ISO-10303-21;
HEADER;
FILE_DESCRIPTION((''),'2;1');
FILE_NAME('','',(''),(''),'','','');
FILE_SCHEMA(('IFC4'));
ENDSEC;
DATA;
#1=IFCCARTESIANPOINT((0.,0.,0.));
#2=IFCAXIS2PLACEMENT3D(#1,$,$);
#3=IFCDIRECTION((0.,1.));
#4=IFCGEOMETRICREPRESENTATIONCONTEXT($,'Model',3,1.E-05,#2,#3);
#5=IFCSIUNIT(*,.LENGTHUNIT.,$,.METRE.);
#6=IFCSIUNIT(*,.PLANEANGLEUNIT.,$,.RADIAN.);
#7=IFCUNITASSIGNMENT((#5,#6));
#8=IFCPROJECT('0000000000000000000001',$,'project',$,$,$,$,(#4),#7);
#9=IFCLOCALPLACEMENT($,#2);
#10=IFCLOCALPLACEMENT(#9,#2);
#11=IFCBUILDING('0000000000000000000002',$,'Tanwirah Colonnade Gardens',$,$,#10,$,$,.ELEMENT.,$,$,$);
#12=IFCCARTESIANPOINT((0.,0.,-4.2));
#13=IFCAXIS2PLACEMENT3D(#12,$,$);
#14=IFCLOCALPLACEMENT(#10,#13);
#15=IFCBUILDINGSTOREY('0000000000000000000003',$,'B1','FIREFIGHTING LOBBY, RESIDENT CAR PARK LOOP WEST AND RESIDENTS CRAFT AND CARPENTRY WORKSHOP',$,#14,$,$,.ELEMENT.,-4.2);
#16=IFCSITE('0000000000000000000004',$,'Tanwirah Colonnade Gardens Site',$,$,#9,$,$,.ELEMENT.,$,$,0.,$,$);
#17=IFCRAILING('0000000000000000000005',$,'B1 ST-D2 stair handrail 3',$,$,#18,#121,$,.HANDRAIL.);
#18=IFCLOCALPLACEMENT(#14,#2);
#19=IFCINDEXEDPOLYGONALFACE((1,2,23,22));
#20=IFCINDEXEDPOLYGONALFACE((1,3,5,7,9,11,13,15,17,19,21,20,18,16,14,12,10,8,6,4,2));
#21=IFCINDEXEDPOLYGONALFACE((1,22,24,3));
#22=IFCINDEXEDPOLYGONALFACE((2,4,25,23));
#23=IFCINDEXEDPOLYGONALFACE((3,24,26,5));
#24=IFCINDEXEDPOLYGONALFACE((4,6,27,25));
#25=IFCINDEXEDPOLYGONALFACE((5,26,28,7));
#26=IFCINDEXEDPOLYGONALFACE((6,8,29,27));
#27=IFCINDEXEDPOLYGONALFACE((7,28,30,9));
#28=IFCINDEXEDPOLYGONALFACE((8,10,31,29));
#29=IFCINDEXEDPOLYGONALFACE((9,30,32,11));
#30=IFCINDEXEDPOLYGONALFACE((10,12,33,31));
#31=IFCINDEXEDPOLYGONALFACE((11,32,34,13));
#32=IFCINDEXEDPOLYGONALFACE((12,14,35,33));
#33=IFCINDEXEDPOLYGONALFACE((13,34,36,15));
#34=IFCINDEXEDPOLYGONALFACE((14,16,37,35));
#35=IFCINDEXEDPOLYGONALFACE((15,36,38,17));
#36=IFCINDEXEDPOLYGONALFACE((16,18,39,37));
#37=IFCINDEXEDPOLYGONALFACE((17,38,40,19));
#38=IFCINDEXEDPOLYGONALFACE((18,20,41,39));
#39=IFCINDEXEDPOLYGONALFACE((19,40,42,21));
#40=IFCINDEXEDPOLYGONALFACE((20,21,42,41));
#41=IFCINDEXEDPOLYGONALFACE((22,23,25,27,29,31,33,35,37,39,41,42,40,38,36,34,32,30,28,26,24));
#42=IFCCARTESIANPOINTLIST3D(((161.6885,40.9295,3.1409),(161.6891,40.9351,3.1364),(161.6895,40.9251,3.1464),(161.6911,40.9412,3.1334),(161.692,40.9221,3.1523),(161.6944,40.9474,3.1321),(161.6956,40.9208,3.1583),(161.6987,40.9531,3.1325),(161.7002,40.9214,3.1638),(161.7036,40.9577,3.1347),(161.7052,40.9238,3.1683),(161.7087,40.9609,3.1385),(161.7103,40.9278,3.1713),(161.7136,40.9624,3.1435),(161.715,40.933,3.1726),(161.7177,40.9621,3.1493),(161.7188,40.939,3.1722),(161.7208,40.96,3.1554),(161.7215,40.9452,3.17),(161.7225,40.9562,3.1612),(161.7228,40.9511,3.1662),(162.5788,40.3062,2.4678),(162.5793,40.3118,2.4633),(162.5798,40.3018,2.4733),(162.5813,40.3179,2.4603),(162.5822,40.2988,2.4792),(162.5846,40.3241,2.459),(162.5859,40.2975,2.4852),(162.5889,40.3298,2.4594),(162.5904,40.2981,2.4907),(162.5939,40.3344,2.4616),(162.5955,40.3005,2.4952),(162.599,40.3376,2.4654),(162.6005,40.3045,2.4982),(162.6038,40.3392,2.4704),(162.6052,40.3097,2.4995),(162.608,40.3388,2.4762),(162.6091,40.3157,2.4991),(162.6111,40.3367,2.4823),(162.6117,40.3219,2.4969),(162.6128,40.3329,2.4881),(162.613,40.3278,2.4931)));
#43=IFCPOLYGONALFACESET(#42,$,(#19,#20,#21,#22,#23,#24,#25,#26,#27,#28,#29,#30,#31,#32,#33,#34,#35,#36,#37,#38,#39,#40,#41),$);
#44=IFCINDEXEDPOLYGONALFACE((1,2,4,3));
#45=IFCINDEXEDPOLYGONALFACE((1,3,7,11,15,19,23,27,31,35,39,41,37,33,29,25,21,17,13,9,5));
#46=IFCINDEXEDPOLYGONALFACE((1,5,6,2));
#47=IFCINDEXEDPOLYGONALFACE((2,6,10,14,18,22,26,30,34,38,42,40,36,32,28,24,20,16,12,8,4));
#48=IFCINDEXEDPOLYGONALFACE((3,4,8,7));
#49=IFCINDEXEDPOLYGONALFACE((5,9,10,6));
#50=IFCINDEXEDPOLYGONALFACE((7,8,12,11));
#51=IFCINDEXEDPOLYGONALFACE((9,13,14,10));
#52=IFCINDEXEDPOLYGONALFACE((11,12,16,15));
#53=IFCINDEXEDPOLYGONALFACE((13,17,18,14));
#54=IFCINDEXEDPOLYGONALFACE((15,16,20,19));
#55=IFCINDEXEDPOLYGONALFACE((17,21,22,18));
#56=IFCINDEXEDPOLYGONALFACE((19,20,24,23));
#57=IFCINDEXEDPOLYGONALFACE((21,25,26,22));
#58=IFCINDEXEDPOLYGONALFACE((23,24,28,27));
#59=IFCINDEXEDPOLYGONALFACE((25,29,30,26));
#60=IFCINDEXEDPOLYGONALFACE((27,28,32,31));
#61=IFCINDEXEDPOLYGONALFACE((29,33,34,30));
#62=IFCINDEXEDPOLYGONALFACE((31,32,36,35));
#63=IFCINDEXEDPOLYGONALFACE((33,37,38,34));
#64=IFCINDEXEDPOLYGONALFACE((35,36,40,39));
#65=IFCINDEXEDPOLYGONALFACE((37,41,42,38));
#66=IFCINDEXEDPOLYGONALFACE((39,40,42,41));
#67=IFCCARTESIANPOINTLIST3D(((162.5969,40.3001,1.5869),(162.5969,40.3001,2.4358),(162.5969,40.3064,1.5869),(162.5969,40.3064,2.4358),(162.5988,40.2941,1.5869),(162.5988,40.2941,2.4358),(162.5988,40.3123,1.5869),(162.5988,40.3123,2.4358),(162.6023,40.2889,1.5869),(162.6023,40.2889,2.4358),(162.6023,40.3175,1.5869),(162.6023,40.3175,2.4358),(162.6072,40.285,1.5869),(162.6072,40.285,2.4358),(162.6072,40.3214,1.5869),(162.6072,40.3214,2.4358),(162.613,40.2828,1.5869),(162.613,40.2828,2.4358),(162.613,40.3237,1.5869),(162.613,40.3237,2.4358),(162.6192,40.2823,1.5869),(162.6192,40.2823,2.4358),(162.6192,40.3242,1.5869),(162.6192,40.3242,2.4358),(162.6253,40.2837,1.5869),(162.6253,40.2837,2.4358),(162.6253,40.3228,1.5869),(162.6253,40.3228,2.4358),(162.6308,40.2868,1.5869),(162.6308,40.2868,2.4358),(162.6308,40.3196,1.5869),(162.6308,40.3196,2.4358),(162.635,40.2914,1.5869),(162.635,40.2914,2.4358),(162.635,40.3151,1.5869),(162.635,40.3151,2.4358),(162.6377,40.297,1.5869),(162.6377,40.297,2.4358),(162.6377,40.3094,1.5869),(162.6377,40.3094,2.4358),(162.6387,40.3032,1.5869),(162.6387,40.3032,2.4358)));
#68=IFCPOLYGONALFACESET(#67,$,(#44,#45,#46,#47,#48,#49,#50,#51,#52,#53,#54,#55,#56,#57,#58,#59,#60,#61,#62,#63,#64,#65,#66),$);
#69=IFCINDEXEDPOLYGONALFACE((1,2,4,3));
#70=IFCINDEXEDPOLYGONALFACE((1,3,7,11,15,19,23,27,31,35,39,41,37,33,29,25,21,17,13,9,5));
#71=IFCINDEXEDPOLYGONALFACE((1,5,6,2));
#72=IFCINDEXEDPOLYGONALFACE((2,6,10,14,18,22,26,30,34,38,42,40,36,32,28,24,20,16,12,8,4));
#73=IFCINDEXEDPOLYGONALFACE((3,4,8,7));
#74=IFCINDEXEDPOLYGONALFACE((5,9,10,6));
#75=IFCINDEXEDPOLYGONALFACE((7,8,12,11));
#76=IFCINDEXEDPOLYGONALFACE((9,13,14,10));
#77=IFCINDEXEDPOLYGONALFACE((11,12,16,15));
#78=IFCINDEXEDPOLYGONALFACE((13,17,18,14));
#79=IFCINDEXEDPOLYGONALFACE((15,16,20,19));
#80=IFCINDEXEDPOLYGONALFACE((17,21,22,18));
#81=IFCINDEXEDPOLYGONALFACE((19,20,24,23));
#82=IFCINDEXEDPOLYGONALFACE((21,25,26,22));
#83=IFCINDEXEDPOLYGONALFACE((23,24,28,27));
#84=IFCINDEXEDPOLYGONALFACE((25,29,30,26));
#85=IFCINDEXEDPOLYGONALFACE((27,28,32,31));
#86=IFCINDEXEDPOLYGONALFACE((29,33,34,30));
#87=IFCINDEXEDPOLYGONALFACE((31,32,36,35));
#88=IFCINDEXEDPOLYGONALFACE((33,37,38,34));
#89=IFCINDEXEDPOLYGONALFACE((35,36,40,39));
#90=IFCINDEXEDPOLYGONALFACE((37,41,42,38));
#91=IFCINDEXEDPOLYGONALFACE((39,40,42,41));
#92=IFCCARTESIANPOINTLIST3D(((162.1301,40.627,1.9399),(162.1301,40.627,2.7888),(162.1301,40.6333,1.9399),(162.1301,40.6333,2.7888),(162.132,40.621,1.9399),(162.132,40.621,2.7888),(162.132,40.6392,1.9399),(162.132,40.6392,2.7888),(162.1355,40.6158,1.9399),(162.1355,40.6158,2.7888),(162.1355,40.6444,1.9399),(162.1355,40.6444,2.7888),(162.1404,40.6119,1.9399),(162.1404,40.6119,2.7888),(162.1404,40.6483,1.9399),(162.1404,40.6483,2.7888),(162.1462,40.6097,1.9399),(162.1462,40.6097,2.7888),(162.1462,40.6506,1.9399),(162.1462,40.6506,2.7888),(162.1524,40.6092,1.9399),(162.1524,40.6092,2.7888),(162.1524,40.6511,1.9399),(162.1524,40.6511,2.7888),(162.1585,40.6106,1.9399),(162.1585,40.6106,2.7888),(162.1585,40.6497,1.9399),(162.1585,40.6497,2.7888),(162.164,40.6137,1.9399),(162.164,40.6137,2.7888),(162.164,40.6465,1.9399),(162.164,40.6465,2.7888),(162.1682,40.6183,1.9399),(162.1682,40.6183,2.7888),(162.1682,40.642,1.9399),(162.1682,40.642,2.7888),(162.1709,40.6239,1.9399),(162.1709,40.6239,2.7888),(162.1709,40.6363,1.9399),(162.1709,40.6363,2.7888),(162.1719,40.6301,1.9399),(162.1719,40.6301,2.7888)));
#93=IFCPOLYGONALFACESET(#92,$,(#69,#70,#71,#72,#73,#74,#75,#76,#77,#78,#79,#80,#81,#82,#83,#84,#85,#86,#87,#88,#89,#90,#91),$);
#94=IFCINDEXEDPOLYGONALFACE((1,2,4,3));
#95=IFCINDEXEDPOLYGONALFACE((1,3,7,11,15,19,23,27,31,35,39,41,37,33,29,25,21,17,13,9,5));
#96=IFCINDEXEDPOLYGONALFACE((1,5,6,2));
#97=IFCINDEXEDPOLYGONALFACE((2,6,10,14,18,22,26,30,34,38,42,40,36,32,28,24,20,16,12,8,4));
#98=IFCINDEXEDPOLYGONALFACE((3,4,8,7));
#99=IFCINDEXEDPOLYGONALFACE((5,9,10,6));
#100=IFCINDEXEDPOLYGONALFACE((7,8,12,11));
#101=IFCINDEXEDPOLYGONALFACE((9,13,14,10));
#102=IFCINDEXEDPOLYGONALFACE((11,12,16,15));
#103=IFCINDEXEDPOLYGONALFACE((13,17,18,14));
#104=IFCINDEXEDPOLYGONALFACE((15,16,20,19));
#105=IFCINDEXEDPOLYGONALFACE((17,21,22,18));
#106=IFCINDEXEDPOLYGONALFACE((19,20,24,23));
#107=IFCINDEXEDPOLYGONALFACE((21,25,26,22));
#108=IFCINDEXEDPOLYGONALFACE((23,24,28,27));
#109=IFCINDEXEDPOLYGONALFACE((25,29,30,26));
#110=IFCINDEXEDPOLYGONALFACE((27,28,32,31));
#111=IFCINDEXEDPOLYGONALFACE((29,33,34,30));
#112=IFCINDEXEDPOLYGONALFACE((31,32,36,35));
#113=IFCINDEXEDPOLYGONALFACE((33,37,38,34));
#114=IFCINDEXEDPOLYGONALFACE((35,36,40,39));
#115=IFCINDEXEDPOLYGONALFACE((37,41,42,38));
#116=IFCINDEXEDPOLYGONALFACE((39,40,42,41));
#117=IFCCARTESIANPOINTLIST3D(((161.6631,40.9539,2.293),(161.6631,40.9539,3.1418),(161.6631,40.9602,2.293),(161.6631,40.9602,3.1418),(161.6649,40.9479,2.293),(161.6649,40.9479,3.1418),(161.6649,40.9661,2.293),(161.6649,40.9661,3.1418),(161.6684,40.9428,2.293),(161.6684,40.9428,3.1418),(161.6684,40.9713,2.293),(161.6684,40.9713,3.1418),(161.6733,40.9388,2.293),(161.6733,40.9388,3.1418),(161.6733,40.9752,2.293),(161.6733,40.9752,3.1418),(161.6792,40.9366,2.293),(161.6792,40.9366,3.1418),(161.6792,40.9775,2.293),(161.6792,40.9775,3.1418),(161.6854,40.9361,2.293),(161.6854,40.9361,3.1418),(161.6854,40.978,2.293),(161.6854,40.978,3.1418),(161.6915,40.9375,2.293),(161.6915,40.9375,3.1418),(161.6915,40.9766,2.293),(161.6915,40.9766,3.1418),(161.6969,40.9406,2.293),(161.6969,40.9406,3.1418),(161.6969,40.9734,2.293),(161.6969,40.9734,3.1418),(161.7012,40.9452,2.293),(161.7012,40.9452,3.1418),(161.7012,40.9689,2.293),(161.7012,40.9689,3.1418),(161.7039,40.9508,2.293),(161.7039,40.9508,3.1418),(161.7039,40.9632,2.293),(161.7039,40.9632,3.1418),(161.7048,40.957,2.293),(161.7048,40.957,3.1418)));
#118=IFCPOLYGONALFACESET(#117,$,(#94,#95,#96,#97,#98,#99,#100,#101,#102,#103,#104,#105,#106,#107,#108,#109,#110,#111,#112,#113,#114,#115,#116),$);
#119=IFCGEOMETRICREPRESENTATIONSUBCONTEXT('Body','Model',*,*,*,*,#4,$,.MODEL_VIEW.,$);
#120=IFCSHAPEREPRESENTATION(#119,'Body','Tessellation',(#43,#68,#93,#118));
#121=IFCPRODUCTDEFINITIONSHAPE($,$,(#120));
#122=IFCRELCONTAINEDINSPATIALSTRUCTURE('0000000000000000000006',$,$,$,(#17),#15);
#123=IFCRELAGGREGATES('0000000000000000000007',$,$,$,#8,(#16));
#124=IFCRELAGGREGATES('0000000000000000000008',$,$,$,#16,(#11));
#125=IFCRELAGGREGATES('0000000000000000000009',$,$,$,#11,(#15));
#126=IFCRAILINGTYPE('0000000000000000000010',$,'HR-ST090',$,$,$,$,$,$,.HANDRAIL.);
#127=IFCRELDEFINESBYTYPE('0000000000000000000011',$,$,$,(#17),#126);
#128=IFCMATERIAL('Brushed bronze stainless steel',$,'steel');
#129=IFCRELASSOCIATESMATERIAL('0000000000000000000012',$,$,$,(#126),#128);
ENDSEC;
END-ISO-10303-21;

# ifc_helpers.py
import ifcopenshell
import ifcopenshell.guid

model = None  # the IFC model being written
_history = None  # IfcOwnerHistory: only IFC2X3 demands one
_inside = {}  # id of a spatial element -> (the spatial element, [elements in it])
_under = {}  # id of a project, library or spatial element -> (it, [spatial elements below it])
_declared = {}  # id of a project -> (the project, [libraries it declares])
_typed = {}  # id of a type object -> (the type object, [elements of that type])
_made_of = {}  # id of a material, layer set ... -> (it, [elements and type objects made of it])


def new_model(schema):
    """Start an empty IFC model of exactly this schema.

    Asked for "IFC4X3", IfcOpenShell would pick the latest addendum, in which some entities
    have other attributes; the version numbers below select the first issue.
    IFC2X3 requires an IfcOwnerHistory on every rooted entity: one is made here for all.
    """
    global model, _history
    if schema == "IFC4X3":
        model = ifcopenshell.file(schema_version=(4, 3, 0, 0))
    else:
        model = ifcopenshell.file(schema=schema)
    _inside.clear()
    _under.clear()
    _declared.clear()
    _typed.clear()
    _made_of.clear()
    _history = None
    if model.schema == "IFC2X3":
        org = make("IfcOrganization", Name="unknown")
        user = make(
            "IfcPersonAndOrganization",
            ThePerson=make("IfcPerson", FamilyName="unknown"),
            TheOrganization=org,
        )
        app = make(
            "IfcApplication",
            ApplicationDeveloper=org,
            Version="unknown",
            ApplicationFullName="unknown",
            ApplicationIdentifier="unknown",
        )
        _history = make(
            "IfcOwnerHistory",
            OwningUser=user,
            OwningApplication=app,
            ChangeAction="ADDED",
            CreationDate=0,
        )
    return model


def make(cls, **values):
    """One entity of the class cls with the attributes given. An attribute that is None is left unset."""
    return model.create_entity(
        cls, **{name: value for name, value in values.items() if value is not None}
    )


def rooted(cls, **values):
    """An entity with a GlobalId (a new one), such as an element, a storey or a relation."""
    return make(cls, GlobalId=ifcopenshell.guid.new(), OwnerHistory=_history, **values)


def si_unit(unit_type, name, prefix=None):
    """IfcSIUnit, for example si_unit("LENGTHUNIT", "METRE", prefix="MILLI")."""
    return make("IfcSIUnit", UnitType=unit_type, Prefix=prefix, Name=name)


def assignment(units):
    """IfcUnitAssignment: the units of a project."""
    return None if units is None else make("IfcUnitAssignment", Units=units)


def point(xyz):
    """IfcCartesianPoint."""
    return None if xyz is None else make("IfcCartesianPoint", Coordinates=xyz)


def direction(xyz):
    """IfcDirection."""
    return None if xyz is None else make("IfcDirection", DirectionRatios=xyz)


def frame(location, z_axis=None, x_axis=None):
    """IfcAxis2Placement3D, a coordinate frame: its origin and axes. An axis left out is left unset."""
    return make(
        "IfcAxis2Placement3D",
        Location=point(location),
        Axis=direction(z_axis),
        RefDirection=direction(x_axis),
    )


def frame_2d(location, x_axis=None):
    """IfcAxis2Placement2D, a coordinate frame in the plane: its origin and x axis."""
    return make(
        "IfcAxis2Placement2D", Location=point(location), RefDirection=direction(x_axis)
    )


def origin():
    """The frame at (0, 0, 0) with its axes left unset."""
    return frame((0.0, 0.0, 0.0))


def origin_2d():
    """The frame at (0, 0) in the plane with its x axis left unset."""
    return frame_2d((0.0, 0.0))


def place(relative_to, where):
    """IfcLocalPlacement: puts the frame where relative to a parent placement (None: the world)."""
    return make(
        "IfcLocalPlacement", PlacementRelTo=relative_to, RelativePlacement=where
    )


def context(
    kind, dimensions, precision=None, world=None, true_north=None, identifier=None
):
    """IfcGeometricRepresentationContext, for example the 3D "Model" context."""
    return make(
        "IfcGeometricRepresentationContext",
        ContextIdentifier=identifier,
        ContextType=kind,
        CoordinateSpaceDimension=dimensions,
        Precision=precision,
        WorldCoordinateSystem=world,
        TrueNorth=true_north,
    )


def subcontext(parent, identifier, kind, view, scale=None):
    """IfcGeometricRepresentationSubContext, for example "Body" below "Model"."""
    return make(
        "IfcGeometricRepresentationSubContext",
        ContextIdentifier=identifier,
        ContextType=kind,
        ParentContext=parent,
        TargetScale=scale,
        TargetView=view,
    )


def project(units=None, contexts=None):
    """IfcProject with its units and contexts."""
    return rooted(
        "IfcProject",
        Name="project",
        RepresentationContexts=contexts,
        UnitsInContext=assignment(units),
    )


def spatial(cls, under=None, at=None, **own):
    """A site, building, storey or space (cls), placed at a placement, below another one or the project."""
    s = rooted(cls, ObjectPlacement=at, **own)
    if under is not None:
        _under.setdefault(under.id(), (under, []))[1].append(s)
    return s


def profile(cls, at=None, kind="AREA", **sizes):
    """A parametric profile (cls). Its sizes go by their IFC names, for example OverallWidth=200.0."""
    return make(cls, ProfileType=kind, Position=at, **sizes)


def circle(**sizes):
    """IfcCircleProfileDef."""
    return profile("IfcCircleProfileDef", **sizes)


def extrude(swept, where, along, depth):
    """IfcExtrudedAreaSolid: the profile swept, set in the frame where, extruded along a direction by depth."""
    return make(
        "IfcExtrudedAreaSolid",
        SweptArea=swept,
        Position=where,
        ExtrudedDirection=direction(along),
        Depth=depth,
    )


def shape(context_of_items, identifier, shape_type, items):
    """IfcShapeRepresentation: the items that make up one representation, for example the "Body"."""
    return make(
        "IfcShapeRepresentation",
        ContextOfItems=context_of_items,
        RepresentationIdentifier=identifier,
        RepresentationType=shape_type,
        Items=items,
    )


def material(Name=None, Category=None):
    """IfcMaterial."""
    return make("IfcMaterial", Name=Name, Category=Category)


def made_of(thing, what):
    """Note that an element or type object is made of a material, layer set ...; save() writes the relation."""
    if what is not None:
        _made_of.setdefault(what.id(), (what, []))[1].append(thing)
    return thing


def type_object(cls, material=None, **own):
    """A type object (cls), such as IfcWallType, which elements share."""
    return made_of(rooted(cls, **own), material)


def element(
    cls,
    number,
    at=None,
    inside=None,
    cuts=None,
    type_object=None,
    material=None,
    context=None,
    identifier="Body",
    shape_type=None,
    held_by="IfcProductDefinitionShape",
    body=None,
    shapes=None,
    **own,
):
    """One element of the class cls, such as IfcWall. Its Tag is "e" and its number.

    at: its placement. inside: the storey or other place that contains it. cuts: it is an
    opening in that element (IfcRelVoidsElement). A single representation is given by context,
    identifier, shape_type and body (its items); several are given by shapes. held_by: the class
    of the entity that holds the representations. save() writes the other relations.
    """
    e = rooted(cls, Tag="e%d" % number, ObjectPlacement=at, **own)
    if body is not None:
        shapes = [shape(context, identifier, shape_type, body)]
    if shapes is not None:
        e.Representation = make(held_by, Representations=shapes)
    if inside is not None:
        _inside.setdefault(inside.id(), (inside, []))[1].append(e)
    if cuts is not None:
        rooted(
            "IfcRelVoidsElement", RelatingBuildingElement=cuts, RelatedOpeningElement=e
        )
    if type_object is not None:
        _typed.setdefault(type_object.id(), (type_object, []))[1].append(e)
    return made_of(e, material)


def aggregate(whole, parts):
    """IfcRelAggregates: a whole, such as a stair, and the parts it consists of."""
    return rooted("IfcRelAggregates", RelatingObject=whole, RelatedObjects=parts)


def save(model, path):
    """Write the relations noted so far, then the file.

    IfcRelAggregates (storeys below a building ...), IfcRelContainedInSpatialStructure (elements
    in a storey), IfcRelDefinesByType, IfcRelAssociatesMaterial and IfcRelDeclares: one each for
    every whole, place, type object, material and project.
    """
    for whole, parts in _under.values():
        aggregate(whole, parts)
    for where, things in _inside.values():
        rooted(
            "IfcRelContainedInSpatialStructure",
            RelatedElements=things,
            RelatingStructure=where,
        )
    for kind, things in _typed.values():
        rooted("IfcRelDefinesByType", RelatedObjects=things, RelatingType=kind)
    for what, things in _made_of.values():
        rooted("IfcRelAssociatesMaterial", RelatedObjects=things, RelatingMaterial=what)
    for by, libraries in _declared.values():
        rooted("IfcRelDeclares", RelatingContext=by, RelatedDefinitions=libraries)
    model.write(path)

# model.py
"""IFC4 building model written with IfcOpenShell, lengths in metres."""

from ifc_helpers import new_model, si_unit, direction, frame, origin, origin_2d, place, context, subcontext, project, spatial, circle, extrude, material, type_object, element, save


model = new_model("IFC4")

# Units and contexts
model_context = context("Model", 3, precision=1e-05, world=origin(), true_north=direction((0.0, 1.0)))
body_context = subcontext(model_context, "Body", "Model", "MODEL_VIEW")
ifc_project = project(units=[si_unit("LENGTHUNIT", "METRE"), si_unit("PLANEANGLEUNIT", "RADIAN")], contexts=[model_context])

# Site, building, storey
site_placement = place(None, origin())
site = spatial("IfcSite", under=ifc_project, at=site_placement, Name="Tanwirah Colonnade Gardens Site", CompositionType="ELEMENT", RefElevation=0.0)
building_placement = place(site_placement, origin())
building = spatial("IfcBuilding", under=site, at=building_placement, Name="Tanwirah Colonnade Gardens", CompositionType="ELEMENT")
storey_placement = place(building_placement, frame((0.0, 0.0, -4.2)))
storey = spatial("IfcBuildingStorey", under=building, at=storey_placement, Name="B1", Description="FIREFIGHTING LOBBY, RESIDENT CAR PARK LOOP WEST AND RESIDENTS CRAFT AND CARPENTRY WORKSHOP", CompositionType="ELEMENT", Elevation=-4.2)

# Railing
ifc_material_1 = material(Name="Brushed bronze stainless steel", Category="steel")
railing_type_1 = type_object("IfcRailingType", Name="HR-ST090", PredefinedType="HANDRAIL", material=ifc_material_1)
railing_1_placement = place(storey_placement, frame((162.6177, 40.3032, 1.5869)))
element("IfcRailing", 1, at=railing_1_placement, inside=storey, type_object=railing_type_1, Name="B1 ST-D2 stair handrail 3", PredefinedType="HANDRAIL", context=body_context, shape_type="SweptSolid", body=[
    extrude(circle(Radius=0.0239, at=origin_2d()), frame((-0.0217, 0.0151, 0.8923), z_axis=(-0.696422, 0.487587, 0.52655), x_axis=(-0.573534, -0.819182, 0.0)), (0.0, 0.0, 1.0), 1.2783),
    extrude(circle(Radius=0.021, at=origin_2d()), origin(), (0.0, 0.0, 1.0), 0.8489),
    extrude(circle(Radius=0.021, at=origin_2d()), frame((-0.4668, 0.3269, 0.353)), (0.0, 0.0, 1.0), 0.8489),
    extrude(circle(Radius=0.021, at=origin_2d()), frame((-0.9338, 0.6538, 0.7061)), (0.0, 0.0, 1.0), 0.8489),
])

save(model, "model.ifc")
